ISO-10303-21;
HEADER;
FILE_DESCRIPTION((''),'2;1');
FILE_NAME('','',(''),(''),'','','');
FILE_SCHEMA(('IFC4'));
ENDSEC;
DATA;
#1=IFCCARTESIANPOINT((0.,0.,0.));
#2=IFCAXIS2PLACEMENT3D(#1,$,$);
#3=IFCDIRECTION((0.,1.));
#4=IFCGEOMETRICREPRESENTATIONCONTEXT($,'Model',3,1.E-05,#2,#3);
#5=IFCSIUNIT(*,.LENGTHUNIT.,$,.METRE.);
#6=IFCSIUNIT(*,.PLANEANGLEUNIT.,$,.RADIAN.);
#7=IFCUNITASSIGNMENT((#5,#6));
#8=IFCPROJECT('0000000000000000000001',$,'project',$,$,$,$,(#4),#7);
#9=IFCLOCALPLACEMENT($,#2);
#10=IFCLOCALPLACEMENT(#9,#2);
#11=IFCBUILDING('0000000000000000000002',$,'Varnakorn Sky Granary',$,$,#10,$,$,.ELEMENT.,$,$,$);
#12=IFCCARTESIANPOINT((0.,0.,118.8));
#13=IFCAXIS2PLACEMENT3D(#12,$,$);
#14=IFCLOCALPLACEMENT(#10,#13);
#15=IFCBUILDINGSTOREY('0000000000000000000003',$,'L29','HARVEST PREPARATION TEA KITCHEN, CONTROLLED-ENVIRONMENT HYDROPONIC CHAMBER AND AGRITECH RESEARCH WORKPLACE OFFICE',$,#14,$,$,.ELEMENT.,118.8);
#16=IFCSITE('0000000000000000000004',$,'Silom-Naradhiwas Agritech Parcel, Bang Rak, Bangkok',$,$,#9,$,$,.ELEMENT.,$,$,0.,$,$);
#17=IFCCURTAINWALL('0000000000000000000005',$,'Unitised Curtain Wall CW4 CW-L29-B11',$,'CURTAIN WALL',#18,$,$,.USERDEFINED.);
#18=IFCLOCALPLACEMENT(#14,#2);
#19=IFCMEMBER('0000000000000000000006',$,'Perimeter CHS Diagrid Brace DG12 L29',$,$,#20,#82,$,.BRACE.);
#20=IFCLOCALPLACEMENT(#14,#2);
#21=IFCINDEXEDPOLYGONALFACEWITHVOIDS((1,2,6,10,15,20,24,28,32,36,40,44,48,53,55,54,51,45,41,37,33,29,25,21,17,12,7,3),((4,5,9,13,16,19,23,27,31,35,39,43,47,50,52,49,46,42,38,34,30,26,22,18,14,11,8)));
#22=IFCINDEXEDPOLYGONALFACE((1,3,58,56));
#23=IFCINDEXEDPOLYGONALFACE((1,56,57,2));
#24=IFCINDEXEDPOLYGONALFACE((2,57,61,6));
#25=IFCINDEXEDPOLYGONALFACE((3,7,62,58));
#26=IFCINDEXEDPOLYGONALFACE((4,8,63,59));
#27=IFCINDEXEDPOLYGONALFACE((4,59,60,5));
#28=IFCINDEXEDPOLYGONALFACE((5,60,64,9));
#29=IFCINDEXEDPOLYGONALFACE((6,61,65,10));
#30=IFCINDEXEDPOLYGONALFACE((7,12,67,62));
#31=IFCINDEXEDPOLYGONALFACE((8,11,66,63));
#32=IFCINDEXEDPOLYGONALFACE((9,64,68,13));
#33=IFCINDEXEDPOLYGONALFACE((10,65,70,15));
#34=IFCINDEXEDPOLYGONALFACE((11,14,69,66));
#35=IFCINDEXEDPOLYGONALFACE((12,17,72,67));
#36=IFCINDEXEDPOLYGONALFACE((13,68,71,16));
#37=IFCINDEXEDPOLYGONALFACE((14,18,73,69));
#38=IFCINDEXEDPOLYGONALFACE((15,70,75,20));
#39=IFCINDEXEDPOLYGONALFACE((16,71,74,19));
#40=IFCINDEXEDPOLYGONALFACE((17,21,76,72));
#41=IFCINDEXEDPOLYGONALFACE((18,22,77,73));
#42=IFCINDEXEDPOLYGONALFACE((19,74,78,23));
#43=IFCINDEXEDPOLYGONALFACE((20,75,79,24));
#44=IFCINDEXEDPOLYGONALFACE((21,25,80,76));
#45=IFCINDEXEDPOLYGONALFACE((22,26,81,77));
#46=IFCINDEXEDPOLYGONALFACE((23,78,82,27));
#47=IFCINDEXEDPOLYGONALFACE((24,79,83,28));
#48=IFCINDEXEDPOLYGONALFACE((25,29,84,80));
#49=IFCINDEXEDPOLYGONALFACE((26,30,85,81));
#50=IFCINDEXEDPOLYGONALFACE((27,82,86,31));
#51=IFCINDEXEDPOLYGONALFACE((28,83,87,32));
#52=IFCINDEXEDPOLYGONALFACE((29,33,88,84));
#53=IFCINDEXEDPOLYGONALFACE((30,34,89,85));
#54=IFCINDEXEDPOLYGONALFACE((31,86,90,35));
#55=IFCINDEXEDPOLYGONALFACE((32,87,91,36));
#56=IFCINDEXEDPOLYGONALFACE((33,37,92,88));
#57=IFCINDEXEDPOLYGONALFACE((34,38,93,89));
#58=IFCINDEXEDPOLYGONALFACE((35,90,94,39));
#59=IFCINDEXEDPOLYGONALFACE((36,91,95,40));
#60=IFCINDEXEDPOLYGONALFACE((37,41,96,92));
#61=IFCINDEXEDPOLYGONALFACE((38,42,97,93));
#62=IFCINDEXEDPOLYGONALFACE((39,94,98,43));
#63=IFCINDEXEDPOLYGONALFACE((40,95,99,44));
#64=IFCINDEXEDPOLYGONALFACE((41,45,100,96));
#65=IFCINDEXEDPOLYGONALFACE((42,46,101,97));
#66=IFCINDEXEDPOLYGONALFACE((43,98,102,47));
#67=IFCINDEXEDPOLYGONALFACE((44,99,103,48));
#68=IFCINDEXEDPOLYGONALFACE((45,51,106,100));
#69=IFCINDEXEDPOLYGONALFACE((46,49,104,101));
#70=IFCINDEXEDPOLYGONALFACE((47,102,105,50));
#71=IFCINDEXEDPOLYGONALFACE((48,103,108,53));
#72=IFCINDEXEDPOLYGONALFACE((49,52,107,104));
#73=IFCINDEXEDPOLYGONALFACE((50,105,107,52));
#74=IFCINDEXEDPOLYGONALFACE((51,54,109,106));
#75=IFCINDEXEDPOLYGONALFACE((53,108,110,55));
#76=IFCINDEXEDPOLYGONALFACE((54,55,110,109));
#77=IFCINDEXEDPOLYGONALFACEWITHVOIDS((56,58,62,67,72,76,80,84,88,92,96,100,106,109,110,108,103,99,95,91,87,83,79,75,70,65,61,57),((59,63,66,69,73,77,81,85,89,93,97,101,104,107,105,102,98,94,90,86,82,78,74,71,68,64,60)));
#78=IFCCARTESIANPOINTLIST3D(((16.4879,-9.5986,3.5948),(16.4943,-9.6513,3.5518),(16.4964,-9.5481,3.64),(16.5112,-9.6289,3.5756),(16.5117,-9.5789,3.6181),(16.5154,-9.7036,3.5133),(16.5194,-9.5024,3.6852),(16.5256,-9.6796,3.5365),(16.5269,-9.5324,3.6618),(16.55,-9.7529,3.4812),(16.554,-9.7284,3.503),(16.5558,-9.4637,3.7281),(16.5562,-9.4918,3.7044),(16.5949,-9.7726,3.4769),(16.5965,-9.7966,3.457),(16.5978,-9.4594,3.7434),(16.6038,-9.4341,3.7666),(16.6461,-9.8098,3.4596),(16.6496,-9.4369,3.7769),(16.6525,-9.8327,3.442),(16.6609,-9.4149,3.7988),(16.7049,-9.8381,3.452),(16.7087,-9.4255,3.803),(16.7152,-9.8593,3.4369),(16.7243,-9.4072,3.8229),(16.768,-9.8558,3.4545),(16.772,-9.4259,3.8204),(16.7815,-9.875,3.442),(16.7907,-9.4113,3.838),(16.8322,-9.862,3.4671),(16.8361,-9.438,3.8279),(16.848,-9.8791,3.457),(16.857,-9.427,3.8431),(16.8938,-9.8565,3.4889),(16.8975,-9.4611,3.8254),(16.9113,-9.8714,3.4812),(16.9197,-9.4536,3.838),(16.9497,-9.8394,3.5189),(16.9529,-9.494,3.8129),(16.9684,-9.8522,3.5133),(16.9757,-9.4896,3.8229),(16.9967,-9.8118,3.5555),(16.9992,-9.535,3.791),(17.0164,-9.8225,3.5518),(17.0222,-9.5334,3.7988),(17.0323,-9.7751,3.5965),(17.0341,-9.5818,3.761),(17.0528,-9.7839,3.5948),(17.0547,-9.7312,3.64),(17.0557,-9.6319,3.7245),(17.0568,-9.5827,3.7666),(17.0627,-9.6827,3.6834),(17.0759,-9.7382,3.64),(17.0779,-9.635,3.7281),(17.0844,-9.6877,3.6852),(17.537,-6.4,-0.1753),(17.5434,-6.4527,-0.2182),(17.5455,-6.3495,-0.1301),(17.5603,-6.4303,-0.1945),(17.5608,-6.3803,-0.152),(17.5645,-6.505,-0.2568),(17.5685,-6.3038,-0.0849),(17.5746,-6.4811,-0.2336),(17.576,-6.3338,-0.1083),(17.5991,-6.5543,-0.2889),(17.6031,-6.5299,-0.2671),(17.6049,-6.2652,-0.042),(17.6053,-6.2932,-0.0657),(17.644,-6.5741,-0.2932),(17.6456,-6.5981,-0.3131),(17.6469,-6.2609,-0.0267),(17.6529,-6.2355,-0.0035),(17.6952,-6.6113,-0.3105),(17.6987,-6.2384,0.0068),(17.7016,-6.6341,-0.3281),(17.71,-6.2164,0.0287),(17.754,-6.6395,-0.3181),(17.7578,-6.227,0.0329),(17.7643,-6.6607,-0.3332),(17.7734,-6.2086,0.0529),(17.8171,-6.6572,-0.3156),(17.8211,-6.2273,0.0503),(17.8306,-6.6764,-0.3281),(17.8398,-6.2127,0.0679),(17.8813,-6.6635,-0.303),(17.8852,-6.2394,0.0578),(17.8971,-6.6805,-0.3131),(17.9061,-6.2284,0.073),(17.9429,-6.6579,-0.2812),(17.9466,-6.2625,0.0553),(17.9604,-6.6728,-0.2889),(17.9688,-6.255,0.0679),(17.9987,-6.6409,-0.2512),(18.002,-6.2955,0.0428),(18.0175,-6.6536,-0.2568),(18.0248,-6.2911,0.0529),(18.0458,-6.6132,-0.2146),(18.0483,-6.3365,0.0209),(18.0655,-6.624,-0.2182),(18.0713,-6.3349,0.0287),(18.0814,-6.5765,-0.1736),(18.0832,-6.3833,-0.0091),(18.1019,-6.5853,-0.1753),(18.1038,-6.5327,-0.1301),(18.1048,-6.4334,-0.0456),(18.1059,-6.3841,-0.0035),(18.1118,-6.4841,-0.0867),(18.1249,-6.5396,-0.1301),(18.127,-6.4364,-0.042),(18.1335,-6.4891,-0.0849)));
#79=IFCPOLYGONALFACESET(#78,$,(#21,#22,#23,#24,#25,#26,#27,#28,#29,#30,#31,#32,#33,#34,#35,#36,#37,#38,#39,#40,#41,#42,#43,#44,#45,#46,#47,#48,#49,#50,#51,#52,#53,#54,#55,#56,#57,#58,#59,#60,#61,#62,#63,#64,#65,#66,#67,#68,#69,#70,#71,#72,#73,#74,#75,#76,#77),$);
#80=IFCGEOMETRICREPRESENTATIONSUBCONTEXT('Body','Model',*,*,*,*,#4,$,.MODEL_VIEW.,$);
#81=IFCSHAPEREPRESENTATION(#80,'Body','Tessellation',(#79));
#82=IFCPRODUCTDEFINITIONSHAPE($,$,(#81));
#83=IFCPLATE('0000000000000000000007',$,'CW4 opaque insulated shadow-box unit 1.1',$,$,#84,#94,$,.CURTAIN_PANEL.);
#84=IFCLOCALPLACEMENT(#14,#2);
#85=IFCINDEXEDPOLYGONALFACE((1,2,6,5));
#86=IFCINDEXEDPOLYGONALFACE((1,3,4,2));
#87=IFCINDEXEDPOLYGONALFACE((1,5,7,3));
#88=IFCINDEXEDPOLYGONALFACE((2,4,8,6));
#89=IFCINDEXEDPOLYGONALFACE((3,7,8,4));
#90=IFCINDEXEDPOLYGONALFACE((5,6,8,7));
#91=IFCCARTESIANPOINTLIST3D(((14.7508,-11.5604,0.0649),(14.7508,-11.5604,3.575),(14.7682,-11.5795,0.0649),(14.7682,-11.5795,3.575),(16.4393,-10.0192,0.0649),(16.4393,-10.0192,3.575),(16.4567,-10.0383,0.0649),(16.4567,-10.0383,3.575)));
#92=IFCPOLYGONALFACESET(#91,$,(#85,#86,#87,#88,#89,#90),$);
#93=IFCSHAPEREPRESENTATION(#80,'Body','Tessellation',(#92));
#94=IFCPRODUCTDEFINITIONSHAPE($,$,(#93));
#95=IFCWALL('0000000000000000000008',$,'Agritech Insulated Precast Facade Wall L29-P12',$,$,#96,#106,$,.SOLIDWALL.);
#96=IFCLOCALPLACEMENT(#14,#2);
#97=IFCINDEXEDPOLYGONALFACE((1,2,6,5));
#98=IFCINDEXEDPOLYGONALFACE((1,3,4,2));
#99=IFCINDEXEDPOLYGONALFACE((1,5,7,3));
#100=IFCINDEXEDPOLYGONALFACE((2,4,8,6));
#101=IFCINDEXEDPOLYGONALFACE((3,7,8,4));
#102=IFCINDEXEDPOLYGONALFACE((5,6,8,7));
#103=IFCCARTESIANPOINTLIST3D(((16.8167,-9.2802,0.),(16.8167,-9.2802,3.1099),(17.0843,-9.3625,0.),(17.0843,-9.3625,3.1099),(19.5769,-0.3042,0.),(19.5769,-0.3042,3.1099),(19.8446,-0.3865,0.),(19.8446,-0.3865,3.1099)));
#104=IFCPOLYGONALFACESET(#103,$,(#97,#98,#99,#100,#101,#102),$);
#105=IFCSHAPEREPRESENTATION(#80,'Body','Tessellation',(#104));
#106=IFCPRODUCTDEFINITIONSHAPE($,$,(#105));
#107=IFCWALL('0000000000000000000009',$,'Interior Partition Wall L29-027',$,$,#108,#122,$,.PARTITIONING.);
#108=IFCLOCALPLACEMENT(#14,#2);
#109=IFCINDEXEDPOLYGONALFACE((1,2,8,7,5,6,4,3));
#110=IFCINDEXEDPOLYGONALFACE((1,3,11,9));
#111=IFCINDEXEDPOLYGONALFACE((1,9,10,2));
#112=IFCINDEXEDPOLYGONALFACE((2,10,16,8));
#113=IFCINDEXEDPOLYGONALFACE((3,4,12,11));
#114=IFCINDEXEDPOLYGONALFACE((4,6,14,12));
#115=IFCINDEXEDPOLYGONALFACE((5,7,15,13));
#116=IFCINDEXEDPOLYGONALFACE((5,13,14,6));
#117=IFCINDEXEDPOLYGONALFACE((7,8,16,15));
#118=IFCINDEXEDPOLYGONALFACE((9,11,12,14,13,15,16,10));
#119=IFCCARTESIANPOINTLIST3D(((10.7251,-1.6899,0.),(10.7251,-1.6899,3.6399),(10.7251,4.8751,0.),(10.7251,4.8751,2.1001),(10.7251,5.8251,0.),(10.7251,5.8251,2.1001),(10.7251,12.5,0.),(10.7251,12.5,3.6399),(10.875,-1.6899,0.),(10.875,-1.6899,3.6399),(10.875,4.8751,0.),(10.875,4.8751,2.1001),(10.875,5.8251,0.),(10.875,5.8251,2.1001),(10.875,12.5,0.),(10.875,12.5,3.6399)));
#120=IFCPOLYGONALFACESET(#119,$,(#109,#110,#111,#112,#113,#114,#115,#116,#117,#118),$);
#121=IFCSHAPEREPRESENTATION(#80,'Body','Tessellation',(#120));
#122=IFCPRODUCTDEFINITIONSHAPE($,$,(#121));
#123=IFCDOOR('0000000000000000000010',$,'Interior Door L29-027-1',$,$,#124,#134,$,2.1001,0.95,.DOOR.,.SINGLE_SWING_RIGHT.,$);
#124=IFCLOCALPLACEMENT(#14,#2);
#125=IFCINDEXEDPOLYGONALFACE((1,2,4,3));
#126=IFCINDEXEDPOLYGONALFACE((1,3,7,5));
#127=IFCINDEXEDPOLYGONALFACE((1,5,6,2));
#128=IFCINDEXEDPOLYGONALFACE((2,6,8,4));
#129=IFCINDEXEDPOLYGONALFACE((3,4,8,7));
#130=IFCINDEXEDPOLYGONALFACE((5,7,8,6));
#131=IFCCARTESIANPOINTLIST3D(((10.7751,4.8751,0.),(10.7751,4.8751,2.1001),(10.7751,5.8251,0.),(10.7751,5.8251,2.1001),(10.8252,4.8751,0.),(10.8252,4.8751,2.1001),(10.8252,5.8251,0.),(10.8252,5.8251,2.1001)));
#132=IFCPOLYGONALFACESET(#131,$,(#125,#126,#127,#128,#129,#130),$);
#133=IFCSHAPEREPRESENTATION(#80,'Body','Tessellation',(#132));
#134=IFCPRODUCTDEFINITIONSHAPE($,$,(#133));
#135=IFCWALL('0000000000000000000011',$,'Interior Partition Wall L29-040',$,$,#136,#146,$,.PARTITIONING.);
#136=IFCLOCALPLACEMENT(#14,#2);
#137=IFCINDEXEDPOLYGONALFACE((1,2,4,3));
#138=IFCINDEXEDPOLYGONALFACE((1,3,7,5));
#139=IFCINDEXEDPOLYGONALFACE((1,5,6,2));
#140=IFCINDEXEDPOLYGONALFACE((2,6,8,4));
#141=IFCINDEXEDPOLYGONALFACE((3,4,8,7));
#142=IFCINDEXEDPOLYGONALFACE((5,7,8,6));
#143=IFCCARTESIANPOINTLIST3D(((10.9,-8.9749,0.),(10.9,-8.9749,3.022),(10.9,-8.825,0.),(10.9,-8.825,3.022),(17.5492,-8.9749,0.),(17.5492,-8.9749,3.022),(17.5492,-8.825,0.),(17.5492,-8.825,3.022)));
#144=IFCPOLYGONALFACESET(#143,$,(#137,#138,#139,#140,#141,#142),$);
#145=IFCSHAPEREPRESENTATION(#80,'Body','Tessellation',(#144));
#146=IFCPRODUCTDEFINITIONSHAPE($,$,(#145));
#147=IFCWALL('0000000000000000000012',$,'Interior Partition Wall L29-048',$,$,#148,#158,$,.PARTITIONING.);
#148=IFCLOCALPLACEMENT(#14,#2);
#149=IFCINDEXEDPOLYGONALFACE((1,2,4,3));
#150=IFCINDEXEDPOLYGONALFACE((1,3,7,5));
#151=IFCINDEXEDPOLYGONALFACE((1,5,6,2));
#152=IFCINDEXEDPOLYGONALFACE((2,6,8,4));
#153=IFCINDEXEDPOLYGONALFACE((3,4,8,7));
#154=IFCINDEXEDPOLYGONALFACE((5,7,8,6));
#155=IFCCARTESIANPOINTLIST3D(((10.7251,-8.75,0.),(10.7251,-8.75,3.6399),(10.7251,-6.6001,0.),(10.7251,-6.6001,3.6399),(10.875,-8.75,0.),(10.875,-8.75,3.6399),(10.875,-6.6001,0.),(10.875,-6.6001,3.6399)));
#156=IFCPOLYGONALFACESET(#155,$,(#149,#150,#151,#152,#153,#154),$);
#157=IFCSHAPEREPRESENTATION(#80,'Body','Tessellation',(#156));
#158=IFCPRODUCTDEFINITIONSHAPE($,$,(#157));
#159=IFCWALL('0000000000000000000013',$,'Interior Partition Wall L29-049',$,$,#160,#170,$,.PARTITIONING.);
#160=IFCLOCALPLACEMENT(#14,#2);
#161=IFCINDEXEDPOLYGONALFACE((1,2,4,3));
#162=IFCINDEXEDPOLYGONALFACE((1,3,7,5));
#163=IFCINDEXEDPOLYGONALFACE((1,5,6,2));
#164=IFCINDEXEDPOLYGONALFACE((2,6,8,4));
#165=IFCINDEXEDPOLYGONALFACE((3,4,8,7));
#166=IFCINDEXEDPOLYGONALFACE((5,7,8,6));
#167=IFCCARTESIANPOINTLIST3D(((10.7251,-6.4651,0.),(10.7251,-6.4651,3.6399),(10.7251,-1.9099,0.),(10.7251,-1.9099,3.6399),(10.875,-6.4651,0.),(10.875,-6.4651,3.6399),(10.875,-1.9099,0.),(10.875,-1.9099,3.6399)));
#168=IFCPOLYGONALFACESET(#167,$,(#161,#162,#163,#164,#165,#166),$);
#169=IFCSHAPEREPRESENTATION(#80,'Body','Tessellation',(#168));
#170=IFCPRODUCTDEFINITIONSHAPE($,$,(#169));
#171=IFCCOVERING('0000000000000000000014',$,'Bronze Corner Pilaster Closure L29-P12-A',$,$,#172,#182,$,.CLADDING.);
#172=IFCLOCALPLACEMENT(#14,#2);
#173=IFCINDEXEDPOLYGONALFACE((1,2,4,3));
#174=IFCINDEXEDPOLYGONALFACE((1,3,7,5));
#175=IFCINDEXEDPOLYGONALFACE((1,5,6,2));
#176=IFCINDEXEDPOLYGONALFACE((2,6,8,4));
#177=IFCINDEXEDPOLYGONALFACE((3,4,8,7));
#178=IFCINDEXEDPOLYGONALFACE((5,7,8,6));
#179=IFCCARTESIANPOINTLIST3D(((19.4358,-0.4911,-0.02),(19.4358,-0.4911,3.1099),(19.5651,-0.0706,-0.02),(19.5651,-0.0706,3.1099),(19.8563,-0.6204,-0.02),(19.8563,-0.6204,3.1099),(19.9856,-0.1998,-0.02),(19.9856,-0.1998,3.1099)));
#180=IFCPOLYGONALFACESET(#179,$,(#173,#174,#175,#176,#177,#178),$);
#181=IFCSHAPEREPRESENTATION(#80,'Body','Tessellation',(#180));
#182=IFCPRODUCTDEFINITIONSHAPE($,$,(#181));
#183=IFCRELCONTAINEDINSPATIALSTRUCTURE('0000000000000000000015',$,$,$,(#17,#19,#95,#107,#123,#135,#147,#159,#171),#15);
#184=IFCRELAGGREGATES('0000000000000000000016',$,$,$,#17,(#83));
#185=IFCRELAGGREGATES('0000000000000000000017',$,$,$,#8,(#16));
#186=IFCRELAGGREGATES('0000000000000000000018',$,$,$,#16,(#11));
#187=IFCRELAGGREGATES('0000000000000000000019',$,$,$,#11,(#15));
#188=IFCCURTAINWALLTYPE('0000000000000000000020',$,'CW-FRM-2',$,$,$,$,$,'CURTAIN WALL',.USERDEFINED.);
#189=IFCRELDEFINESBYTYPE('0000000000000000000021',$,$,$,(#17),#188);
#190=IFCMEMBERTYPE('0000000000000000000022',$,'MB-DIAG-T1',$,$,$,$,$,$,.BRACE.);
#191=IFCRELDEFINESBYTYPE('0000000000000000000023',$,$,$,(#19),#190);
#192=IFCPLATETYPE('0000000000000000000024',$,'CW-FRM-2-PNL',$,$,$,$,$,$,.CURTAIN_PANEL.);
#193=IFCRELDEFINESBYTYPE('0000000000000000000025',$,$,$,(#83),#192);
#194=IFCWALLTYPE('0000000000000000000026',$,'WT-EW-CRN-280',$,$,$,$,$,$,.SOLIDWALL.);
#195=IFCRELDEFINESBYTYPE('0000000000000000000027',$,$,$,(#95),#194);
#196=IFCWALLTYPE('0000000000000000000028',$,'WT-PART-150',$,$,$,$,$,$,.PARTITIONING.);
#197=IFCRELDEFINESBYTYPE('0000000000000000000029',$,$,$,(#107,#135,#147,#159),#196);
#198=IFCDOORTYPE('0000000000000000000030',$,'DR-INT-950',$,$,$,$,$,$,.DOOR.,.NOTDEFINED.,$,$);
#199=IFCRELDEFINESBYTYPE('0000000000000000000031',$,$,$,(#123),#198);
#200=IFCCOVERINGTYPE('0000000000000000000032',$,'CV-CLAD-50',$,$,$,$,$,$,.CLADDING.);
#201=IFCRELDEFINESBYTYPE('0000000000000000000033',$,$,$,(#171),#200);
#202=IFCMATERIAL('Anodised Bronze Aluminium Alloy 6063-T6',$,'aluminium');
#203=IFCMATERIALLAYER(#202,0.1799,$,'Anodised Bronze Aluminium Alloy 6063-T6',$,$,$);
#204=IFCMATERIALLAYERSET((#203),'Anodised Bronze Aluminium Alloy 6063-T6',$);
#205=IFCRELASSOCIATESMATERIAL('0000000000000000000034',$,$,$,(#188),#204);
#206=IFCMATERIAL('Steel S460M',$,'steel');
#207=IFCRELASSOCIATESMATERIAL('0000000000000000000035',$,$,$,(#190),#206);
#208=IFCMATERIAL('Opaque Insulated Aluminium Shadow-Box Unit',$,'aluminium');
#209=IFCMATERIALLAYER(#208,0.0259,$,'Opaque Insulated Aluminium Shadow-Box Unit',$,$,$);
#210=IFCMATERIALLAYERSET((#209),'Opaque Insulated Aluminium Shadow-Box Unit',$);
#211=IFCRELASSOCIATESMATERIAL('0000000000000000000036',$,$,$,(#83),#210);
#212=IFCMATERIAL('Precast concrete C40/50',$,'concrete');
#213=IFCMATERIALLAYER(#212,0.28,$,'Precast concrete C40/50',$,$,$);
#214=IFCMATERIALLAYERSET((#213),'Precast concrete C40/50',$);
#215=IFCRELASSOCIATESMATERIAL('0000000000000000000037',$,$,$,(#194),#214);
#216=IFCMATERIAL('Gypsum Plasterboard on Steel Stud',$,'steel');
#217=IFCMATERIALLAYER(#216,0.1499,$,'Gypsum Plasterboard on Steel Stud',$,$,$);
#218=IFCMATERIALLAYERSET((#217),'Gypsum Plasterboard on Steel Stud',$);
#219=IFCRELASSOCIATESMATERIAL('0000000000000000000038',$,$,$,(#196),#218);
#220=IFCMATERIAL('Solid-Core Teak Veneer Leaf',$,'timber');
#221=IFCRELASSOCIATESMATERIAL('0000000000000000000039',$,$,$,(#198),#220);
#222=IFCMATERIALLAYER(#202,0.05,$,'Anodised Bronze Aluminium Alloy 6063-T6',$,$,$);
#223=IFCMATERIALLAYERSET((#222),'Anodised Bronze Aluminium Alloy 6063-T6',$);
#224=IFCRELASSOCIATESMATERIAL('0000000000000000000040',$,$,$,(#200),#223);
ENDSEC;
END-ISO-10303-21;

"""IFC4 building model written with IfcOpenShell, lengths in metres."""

from ifc_helpers import new_model, si_unit, direction, frame, frame_2d, origin, origin_2d, place, context, subcontext, project, spatial, rectangle, hollow_circle, extrude, source, transform, mapped, material, layer, layer_set, material_profile, profile_set, type_object, type_shapes, element, fill, aggregate, save


model = new_model("IFC4")

# Units and contexts
model_context = context("Model", 3, precision=1e-05, world=origin(), true_north=direction((0.0, 1.0)))
body_context = subcontext(model_context, "Body", "Model", "MODEL_VIEW")
ifc_project = project(units=[si_unit("LENGTHUNIT", "METRE"), si_unit("PLANEANGLEUNIT", "RADIAN")], contexts=[model_context])

# Site, building, storey
site_placement = place(None, origin())
site = spatial("IfcSite", under=ifc_project, at=site_placement, Name="Silom-Naradhiwas Agritech Parcel, Bang Rak, Bangkok", CompositionType="ELEMENT", RefElevation=0.0)
building_placement = place(site_placement, origin())
building = spatial("IfcBuilding", under=site, at=building_placement, Name="Varnakorn Sky Granary", CompositionType="ELEMENT")
storey_placement = place(building_placement, frame((0.0, 0.0, 118.8)))
storey = spatial("IfcBuildingStorey", under=building, at=storey_placement, Name="L29", Description="HARVEST PREPARATION TEA KITCHEN, CONTROLLED-ENVIRONMENT HYDROPONIC CHAMBER AND AGRITECH RESEARCH WORKPLACE OFFICE", CompositionType="ELEMENT", Elevation=118.8)

# Shared definitions
ifc_material_1 = material(Name="Steel S460M", Category="steel")

# Shared definitions
ifc_material_2 = material(Name="Anodised Bronze Aluminium Alloy 6063-T6", Category="aluminium")
ifc_layer_1 = layer(ifc_material_2, 0.1799, Name="Anodised Bronze Aluminium Alloy 6063-T6")
ifc_layer_set_1 = layer_set([ifc_layer_1], Name="Anodised Bronze Aluminium Alloy 6063-T6")
curtain_wall_type = type_object("IfcCurtainWallType", Name="CW-FRM-2", ElementType="CURTAIN WALL", PredefinedType="USERDEFINED", material=ifc_layer_set_1)

# Curtain wall
curtain_wall_1_placement = place(storey_placement, origin())
curtain_wall_1 = element("IfcCurtainWall", 1, at=curtain_wall_1_placement, inside=storey, type_object=curtain_wall_type, Name="Unitised Curtain Wall CW4 CW-L29-B11", ObjectType="CURTAIN WALL", PredefinedType="USERDEFINED")

# Member
ifc_material_profile_1 = material_profile(ifc_material_1, hollow_circle(Radius=0.3049, WallThickness=0.0222, at=origin_2d()), Name="CHS 610x22")
ifc_profile_set_1 = profile_set([ifc_material_profile_1], Name="Steel S460M")
member_type_1 = type_object("IfcMemberType", Name="MB-DIAG-T1", PredefinedType="BRACE", material=ifc_profile_set_1)
member_1_placement = place(storey_placement, frame((17.8352, -6.4446, -0.1301), z_axis=(-0.207569, -0.63285, 0.745933), x_axis=(0.950195, -0.311655, 0.0)))
element("IfcMember", 2, at=member_1_placement, inside=storey, type_object=member_type_1, Name="Perimeter CHS Diagrid Brace DG12 L29", PredefinedType="BRACE", context=body_context, shape_type="SweptSolid", body=[
    extrude(hollow_circle(Radius=0.3049, WallThickness=0.0222, at=origin_2d()), origin(), (0.0, 0.0, 1.0), 5.0542),
])

# Plate
ifc_material_3 = material(Name="Opaque Insulated Aluminium Shadow-Box Unit", Category="aluminium")
ifc_layer_2 = layer(ifc_material_3, 0.0259, Name="Opaque Insulated Aluminium Shadow-Box Unit")
ifc_layer_set_2 = layer_set([ifc_layer_2], Name="Opaque Insulated Aluminium Shadow-Box Unit")
plate_type = type_object("IfcPlateType", Name="CW-FRM-2-PNL", PredefinedType="CURTAIN_PANEL")
shared_shape_1 = source(origin(), body_context, "Body", "SweptSolid", [
    extrude(rectangle(XDim=2.2861, YDim=0.0259, at=origin_2d()), origin(), (0.0, 0.0, 1.0), 3.51),
])
type_shapes(plate_type, [shared_shape_1])
plate_placement = place(storey_placement, frame((15.6038, -10.7993, 0.0649), z_axis=(0.0, 0.0, 1.0), x_axis=(-0.738592, -0.674153, 0.0)))
plate = element("IfcPlate", 3, at=plate_placement, type_object=plate_type, material=ifc_layer_set_2, Name="CW4 opaque insulated shadow-box unit 1.1", PredefinedType="CURTAIN_PANEL", context=body_context, shape_type="MappedRepresentation", body=[
    mapped(shared_shape_1, transform((0.0, 0.0, 0.0), x_axis=(1.0, 0.0, 0.0), y_axis=(0.0, 1.0, 0.0), z_axis=(0.0, 0.0, 1.0), scale=1.0)),
])
aggregate(curtain_wall_1, [plate])

# Wall
ifc_material_4 = material(Name="Precast concrete C40/50", Category="concrete")
ifc_layer_3 = layer(ifc_material_4, 0.28, Name="Precast concrete C40/50")
ifc_layer_set_3 = layer_set([ifc_layer_3], Name="Precast concrete C40/50")
wall_type_1 = type_object("IfcWallType", Name="WT-EW-CRN-280", PredefinedType="SOLIDWALL", material=ifc_layer_set_3)
wall_1_placement = place(storey_placement, frame((19.7107, -0.3455, 0.0), z_axis=(0.0, 0.0, 1.0), x_axis=(-0.293929, -0.955827, 0.0)))
element("IfcWall", 4, at=wall_1_placement, inside=storey, type_object=wall_type_1, Name="Agritech Insulated Precast Facade Wall L29-P12", PredefinedType="SOLIDWALL", context=body_context, shape_type="SweptSolid", body=[
    extrude(rectangle(XDim=9.3909, YDim=0.28, at=frame_2d((4.6953, 0.0))), origin(), (0.0, 0.0, 1.0), 3.1099),
])

# Wall, opening, door
ifc_material_5 = material(Name="Gypsum Plasterboard on Steel Stud", Category="steel")
ifc_layer_4 = layer(ifc_material_5, 0.1499, Name="Gypsum Plasterboard on Steel Stud")
ifc_layer_set_4 = layer_set([ifc_layer_4], Name="Gypsum Plasterboard on Steel Stud")
wall_type_2 = type_object("IfcWallType", Name="WT-PART-150", PredefinedType="PARTITIONING", material=ifc_layer_set_4)
wall_2_placement = place(storey_placement, frame((10.8, -1.6899, 0.0), z_axis=(0.0, 0.0, 1.0), x_axis=(0.0, 1.0, 0.0)))
wall_2 = element("IfcWall", 5, at=wall_2_placement, inside=storey, type_object=wall_type_2, Name="Interior Partition Wall L29-027", PredefinedType="PARTITIONING", context=body_context, shape_type="SweptSolid", body=[
    extrude(rectangle(XDim=14.1899, YDim=0.1499, at=frame_2d((7.095, 0.0))), origin(), (0.0, 0.0, 1.0), 3.6399),
])
opening_placement = place(wall_2_placement, frame((6.5649, 0.0, 0.0)))
opening = element("IfcOpeningElement", 6, at=opening_placement, cuts=wall_2, PredefinedType="OPENING", context=body_context, shape_type="SweptSolid", body=[
    extrude(rectangle(XDim=0.95, YDim=2.1001, at=frame_2d((0.4751, 1.05))), frame((0.0, 0.085, 0.0), z_axis=(0.0, -1.0, 0.0), x_axis=(1.0, 0.0, 0.0)), (0.0, 0.0, 1.0), 0.1699),
])
ifc_material_6 = material(Name="Solid-Core Teak Veneer Leaf", Category="timber")
door_type = type_object("IfcDoorType", Name="DR-INT-950", OperationType="NOTDEFINED", PredefinedType="DOOR", material=ifc_material_6)
door_placement = place(opening_placement, origin())
door = element("IfcDoor", 7, at=door_placement, inside=storey, type_object=door_type, Name="Interior Door L29-027-1", OperationType="SINGLE_SWING_RIGHT", OverallHeight=2.1001, OverallWidth=0.95, PredefinedType="DOOR", context=body_context, shape_type="SweptSolid", body=[
    extrude(rectangle(XDim=0.95, YDim=2.1001, at=frame_2d((0.4751, 1.05))), frame((0.0, 0.0249, 0.0), z_axis=(0.0, -1.0, 0.0), x_axis=(1.0, 0.0, 0.0)), (0.0, 0.0, 1.0), 0.05),
])
fill(opening, door)

# Walls
wall_3_placement = place(storey_placement, frame((10.8999, -8.8999, 0.0), z_axis=(0.0, 0.0, 1.0), x_axis=(1.0, 0.0, 0.0)))
element("IfcWall", 8, at=wall_3_placement, inside=storey, type_object=wall_type_2, Name="Interior Partition Wall L29-040", PredefinedType="PARTITIONING", context=body_context, shape_type="SweptSolid", body=[
    extrude(rectangle(XDim=6.6492, YDim=0.1499, at=frame_2d((3.3247, 0.0))), origin(), (0.0, 0.0, 1.0), 3.022),
])
wall_4_placement = place(storey_placement, frame((10.8, -8.75, 0.0), z_axis=(0.0, 0.0, 1.0), x_axis=(0.0, 1.0, 0.0)))
element("IfcWall", 9, at=wall_4_placement, inside=storey, type_object=wall_type_2, Name="Interior Partition Wall L29-048", PredefinedType="PARTITIONING", context=body_context, shape_type="SweptSolid", body=[
    extrude(rectangle(XDim=2.1499, YDim=0.1499, at=frame_2d((1.075, 0.0))), origin(), (0.0, 0.0, 1.0), 3.6399),
])
wall_5_placement = place(storey_placement, frame((10.8, -6.4651, 0.0), z_axis=(0.0, 0.0, 1.0), x_axis=(0.0, 1.0, 0.0)))
element("IfcWall", 10, at=wall_5_placement, inside=storey, type_object=wall_type_2, Name="Interior Partition Wall L29-049", PredefinedType="PARTITIONING", context=body_context, shape_type="SweptSolid", body=[
    extrude(rectangle(XDim=4.5552, YDim=0.1499, at=frame_2d((2.2776, 0.0))), origin(), (0.0, 0.0, 1.0), 3.6399),
])

# Covering
ifc_layer_5 = layer(ifc_material_2, 0.05, Name="Anodised Bronze Aluminium Alloy 6063-T6")
ifc_layer_set_5 = layer_set([ifc_layer_5], Name="Anodised Bronze Aluminium Alloy 6063-T6")
covering_type = type_object("IfcCoveringType", Name="CV-CLAD-50", PredefinedType="CLADDING", material=ifc_layer_set_5)
shared_shape_2 = source(origin(), body_context, "Body", "SweptSolid", [
    extrude(rectangle(XDim=0.4399, YDim=0.4399, at=origin_2d()), origin(), (0.0, 0.0, 1.0), 3.1299),
])
type_shapes(covering_type, [shared_shape_2])
for number, where, z_axis, x_axis, name in (
    (11, (19.7107, -0.3455, -0.02), (0.0, 0.0, 1.0), (-0.293874, -0.955844, 0.0), "Bronze Corner Pilaster Closure L29-P12-A"),
):
    element("IfcCovering", number, at=place(storey_placement, frame(where, z_axis=z_axis, x_axis=x_axis)), inside=storey, type_object=covering_type, Name=name, PredefinedType="CLADDING", context=body_context, shape_type="MappedRepresentation", body=[
        mapped(shared_shape_2, transform((0.0, 0.0, 0.0), x_axis=(1.0, 0.0, 0.0), y_axis=(0.0, 1.0, 0.0), z_axis=(0.0, 0.0, 1.0), scale=1.0)),
    ])

save(model, "model.ifc")
